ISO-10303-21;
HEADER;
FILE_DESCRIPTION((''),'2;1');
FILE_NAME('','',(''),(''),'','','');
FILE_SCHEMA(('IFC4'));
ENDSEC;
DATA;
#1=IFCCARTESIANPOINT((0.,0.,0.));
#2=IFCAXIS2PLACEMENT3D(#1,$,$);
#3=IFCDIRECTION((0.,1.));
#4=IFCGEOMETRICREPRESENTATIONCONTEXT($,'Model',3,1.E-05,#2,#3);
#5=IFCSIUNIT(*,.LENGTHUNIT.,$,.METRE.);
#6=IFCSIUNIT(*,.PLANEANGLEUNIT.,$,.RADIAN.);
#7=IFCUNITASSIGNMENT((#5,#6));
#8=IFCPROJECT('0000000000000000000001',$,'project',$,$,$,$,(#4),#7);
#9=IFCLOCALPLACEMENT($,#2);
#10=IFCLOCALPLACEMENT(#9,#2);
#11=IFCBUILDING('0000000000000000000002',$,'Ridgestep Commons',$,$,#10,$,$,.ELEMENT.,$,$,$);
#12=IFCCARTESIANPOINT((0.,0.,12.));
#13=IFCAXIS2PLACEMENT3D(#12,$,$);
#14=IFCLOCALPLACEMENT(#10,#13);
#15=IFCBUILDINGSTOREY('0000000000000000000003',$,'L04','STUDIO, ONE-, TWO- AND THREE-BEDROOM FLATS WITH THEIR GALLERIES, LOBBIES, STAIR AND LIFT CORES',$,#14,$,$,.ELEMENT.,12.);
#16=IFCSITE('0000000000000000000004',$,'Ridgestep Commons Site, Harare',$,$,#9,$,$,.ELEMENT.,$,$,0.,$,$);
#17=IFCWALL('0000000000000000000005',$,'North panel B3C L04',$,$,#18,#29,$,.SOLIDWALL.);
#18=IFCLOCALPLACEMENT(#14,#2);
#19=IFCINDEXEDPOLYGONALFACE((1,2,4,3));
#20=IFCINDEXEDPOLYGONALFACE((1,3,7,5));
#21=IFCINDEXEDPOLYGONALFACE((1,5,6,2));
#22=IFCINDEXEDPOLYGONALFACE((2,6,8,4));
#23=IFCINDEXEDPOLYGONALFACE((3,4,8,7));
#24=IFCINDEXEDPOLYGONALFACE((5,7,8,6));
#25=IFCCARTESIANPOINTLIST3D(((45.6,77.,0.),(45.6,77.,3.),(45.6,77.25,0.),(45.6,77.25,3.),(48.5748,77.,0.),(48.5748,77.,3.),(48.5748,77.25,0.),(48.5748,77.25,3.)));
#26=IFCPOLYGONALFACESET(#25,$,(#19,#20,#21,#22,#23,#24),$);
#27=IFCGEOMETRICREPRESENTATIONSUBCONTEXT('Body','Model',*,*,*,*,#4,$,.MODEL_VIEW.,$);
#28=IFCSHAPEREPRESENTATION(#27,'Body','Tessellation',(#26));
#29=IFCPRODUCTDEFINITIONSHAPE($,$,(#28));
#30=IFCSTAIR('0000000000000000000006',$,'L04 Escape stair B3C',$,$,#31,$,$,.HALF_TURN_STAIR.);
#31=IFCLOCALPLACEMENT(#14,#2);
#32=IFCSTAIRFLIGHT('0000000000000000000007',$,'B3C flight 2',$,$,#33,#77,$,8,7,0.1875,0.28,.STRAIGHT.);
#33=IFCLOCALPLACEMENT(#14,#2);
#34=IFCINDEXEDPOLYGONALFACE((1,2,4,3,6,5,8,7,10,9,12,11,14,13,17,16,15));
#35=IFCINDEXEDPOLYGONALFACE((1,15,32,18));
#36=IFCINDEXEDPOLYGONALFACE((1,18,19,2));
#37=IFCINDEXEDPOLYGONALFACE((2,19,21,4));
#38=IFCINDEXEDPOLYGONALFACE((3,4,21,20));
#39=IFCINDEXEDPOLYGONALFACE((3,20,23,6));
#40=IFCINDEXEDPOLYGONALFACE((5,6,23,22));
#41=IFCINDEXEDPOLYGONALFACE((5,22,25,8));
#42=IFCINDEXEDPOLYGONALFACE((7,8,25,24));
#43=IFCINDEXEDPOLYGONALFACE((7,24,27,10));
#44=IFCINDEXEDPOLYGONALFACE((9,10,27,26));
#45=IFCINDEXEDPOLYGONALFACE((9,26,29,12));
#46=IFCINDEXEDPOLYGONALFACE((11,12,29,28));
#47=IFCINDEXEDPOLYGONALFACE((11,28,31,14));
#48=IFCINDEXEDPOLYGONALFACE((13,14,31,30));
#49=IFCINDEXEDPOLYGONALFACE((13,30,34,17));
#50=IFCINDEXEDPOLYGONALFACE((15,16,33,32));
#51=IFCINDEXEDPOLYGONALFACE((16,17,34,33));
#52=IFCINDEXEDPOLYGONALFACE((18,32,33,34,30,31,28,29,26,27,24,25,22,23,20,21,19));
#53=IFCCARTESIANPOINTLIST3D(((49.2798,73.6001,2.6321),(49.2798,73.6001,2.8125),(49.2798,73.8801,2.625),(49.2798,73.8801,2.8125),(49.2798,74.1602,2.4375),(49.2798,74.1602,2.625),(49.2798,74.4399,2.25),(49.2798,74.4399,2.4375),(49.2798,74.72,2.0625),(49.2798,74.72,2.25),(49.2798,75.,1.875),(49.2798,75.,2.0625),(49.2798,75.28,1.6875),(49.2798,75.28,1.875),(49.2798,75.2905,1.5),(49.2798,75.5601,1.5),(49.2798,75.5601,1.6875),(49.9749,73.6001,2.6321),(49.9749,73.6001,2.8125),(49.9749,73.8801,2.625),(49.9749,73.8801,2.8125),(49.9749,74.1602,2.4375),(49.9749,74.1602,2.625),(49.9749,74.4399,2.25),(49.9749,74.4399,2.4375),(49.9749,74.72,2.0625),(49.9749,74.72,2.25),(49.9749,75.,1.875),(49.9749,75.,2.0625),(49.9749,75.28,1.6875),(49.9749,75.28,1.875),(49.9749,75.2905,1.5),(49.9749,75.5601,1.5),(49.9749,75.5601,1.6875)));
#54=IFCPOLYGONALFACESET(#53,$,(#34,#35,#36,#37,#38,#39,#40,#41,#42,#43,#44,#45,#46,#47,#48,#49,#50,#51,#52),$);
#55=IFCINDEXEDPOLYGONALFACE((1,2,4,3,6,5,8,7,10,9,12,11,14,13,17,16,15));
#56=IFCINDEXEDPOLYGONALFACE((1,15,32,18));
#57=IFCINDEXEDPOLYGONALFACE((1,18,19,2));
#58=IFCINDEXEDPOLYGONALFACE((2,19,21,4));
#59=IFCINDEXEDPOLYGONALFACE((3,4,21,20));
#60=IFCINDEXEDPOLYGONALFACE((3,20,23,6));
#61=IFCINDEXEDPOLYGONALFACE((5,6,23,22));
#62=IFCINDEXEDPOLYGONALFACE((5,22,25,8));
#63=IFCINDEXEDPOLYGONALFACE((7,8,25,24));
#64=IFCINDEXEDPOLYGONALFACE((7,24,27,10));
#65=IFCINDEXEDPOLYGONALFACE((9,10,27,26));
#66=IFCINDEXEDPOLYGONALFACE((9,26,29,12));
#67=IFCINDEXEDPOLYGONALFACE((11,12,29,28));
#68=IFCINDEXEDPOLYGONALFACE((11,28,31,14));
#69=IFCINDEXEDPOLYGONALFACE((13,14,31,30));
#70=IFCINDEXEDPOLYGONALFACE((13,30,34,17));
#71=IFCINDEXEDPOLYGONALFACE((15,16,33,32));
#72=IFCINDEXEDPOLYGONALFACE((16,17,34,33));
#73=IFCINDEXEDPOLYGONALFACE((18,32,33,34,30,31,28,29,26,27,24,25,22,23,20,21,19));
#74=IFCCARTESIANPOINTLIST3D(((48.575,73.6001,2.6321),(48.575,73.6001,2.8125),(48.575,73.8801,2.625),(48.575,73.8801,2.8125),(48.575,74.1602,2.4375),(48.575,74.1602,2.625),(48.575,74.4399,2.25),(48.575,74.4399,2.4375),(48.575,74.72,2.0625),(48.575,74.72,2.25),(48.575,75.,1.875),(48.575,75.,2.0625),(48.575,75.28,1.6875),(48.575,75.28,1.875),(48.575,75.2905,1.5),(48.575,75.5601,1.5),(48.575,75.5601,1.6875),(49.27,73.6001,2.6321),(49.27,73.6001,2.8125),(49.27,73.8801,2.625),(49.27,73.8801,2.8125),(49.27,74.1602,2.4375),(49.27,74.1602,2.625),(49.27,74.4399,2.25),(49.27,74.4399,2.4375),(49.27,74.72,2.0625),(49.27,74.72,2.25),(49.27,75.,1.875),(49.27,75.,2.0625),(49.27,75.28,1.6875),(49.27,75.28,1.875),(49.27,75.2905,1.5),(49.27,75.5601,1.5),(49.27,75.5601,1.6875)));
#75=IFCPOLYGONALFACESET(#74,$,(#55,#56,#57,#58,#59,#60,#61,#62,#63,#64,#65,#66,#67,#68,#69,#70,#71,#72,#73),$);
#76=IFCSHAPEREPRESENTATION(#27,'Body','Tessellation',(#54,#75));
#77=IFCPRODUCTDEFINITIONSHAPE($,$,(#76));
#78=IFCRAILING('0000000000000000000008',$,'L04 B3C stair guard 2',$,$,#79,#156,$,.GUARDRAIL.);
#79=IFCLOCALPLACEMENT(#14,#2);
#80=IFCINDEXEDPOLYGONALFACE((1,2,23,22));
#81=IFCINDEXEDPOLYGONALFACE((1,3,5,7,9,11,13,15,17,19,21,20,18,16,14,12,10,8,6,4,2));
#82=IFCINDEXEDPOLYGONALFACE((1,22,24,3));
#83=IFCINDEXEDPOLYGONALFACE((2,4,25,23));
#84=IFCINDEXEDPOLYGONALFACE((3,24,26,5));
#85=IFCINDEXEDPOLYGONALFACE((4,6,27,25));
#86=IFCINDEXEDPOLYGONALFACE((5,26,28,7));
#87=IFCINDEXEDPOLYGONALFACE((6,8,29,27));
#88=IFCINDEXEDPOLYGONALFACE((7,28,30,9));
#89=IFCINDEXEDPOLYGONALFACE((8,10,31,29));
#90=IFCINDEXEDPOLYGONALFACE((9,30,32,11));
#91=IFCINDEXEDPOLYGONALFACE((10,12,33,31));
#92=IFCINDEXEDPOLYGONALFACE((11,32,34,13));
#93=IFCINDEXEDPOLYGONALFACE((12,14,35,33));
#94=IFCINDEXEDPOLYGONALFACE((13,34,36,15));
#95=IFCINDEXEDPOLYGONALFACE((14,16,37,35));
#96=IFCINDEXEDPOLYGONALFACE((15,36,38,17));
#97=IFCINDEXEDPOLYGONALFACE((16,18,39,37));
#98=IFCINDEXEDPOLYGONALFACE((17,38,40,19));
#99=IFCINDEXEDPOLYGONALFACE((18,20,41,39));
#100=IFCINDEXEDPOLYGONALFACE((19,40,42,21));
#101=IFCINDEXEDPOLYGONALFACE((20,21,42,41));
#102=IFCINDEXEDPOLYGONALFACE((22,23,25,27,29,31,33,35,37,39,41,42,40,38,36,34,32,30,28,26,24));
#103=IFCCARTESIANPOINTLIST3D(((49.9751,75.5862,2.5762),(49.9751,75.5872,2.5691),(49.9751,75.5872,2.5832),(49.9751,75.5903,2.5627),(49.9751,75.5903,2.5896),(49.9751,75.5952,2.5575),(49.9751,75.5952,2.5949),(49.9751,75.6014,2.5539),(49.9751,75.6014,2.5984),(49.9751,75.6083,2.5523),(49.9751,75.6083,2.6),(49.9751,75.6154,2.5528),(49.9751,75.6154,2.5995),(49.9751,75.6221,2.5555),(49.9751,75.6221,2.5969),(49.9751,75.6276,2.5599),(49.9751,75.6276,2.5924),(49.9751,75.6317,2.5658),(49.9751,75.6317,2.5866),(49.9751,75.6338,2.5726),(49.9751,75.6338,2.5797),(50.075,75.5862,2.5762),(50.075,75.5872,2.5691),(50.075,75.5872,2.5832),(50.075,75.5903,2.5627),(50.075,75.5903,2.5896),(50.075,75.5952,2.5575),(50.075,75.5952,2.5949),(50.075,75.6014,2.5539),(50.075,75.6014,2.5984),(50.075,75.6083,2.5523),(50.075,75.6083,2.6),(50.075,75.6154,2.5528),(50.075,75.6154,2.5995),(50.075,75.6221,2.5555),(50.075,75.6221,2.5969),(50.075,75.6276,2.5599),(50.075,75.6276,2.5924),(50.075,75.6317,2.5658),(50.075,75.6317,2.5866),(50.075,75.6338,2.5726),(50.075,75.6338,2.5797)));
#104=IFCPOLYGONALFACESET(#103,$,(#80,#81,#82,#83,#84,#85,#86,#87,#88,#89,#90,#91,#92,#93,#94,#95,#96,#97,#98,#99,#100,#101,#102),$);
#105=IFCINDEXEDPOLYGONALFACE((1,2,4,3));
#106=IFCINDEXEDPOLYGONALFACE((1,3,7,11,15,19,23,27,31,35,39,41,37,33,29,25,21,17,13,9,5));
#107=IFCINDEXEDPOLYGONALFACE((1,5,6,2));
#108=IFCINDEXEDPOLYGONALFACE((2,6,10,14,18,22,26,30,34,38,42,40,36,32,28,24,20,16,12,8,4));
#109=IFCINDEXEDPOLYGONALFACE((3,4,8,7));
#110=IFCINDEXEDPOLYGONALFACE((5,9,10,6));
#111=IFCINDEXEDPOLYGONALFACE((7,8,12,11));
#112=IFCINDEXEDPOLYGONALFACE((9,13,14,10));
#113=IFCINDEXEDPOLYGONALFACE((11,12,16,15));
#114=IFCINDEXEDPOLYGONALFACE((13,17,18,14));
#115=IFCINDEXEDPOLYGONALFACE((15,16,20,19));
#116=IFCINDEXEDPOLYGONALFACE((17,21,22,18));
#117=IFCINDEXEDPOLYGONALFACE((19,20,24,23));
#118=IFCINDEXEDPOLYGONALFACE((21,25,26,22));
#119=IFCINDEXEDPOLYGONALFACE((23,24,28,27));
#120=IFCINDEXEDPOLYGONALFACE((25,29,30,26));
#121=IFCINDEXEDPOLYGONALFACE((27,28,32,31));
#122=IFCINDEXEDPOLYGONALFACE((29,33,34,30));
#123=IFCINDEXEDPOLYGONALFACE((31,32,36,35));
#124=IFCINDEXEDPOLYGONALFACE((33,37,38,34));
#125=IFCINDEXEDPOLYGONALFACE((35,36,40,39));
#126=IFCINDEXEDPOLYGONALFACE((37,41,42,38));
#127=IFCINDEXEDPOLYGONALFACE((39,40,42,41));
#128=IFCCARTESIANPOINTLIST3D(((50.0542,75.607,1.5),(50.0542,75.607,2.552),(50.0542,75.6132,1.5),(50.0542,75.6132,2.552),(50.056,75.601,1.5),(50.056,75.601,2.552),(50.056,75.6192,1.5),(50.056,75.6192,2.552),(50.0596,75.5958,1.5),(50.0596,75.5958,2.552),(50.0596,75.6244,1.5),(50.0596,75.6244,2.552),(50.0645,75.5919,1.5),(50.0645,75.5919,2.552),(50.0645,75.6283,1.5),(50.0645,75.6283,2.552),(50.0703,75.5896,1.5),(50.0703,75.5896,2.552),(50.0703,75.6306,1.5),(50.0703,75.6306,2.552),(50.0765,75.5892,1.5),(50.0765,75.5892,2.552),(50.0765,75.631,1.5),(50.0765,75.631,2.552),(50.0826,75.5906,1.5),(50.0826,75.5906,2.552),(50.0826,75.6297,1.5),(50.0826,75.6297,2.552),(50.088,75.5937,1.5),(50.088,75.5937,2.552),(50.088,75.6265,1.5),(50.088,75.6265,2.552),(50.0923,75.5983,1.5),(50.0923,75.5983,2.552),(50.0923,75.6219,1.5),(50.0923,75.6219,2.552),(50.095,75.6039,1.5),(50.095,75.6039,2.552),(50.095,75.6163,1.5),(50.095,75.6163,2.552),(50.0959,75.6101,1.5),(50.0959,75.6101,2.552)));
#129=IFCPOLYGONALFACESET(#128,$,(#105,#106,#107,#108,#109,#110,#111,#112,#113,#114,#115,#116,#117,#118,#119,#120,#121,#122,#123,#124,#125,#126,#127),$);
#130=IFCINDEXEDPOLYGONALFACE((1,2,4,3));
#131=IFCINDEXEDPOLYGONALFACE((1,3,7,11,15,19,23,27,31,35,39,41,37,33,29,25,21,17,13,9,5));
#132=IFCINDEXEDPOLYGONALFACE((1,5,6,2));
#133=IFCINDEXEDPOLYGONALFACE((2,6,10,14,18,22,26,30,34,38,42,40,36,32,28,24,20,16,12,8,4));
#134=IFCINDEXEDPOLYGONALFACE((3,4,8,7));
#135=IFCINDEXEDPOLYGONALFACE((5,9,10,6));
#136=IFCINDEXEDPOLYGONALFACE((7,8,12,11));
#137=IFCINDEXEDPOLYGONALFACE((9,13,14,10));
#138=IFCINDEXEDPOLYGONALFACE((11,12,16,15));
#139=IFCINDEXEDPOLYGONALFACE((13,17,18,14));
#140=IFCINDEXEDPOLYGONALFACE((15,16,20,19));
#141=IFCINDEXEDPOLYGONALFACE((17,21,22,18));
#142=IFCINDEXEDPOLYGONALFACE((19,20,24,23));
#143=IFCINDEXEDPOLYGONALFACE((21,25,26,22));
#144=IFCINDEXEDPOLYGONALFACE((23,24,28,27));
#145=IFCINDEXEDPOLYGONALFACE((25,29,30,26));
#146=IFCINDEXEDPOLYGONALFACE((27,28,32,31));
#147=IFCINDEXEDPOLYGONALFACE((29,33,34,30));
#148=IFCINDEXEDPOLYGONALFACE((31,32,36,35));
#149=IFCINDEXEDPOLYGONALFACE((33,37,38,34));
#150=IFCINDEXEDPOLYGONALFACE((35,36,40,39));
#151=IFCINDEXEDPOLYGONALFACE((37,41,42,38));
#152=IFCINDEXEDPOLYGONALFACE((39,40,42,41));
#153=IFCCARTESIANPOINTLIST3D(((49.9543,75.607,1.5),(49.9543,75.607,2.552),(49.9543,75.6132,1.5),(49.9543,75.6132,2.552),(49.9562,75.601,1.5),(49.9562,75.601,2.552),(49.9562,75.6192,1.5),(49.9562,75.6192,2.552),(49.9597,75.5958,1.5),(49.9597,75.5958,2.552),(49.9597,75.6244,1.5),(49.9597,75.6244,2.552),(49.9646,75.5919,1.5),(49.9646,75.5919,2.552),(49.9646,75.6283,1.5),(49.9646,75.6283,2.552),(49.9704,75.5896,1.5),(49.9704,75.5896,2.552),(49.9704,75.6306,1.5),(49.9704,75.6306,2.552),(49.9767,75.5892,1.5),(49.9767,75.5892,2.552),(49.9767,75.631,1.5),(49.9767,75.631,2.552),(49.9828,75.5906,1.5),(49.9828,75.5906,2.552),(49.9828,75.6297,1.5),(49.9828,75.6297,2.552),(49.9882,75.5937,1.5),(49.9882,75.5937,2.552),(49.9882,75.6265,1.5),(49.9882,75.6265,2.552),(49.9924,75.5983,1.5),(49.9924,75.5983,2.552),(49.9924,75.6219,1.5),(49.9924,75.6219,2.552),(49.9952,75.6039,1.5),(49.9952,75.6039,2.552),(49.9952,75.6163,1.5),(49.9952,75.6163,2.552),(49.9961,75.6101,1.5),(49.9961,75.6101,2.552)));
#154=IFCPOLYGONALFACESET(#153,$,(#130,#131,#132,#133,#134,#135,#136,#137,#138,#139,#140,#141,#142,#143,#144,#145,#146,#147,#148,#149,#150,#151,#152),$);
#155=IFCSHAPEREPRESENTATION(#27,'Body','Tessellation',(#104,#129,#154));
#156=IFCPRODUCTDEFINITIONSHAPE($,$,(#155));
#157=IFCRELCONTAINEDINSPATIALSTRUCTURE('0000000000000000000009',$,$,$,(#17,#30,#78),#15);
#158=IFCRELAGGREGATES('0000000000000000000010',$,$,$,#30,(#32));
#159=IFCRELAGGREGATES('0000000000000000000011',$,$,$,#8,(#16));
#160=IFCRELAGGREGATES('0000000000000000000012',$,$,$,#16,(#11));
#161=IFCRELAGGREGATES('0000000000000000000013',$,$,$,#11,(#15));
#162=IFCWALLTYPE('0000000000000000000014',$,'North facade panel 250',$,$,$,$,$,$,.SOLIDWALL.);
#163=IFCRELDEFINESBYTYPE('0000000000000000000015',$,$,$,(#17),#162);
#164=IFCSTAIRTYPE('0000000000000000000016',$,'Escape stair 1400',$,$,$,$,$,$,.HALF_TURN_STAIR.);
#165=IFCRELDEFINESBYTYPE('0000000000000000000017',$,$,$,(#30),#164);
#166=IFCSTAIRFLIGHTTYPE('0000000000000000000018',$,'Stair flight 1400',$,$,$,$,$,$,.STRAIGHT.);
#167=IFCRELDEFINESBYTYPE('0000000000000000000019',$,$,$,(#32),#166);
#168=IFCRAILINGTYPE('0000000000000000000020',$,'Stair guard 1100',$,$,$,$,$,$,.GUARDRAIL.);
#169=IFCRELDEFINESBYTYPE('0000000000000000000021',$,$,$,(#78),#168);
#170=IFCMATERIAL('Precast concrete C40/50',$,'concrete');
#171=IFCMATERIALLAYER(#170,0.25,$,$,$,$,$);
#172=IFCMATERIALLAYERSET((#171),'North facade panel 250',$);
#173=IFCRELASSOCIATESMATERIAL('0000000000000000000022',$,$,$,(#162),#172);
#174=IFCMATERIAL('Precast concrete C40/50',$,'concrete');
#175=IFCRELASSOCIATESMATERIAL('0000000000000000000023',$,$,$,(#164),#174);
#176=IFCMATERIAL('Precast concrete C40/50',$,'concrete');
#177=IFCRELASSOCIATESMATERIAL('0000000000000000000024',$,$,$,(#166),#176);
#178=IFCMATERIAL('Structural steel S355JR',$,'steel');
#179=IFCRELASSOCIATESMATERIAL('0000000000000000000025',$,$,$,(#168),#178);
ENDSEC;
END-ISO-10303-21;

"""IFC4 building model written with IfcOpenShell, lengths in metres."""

from ifc_helpers import new_model, si_unit, direction, frame, frame_2d, origin, origin_2d, place, context, subcontext, project, spatial, polyline, rectangle, circle, outline, extrude, material, layer, layer_set, type_object, element, aggregate, save


model = new_model("IFC4")

# Units and contexts
model_context = context("Model", 3, precision=1e-05, world=origin(), true_north=direction((0.0, 1.0)))
body_context = subcontext(model_context, "Body", "Model", "MODEL_VIEW")
ifc_project = project(units=[si_unit("LENGTHUNIT", "METRE"), si_unit("PLANEANGLEUNIT", "RADIAN")], contexts=[model_context])

# Site, building, storey
site_placement = place(None, origin())
site = spatial("IfcSite", under=ifc_project, at=site_placement, Name="Ridgestep Commons Site, Harare", CompositionType="ELEMENT", RefElevation=0.0)
building_placement = place(site_placement, origin())
building = spatial("IfcBuilding", under=site, at=building_placement, Name="Ridgestep Commons", CompositionType="ELEMENT")
storey_placement = place(building_placement, frame((0.0, 0.0, 12.0)))
storey = spatial("IfcBuildingStorey", under=building, at=storey_placement, Name="L04", Description="STUDIO, ONE-, TWO- AND THREE-BEDROOM FLATS WITH THEIR GALLERIES, LOBBIES, STAIR AND LIFT CORES", CompositionType="ELEMENT", Elevation=12.0)

# Shared definitions
ifc_material_1 = material(Name="Precast concrete C40/50", Category="concrete")
ifc_layer_1 = layer(ifc_material_1, 0.25)
ifc_layer_set_1 = layer_set([ifc_layer_1], Name="North facade panel 250")
wall_type = type_object("IfcWallType", Name="North facade panel 250", PredefinedType="SOLIDWALL", material=ifc_layer_set_1)

# Wall
wall_1_placement = place(storey_placement, frame((45.6001, 77.125, 0.0), z_axis=(0.0, 0.0, 1.0), x_axis=(1.0, 0.0, 0.0)))
element("IfcWall", 1, at=wall_1_placement, inside=storey, type_object=wall_type, Name="North panel B3C L04", PredefinedType="SOLIDWALL", context=body_context, shape_type="SweptSolid", body=[
    extrude(rectangle(XDim=2.9749, YDim=0.25, at=frame_2d((1.4873, 0.0))), origin(), (0.0, 0.0, 1.0), 3.0),
])

# Stair, stair flight
ifc_material_2 = material(Name="Precast concrete C40/50", Category="concrete")
stair_type = type_object("IfcStairType", Name="Escape stair 1400", PredefinedType="HALF_TURN_STAIR", material=ifc_material_2)
stair_placement = place(storey_placement, origin())
stair = element("IfcStair", 2, at=stair_placement, inside=storey, type_object=stair_type, Name="L04 Escape stair B3C", PredefinedType="HALF_TURN_STAIR")
ifc_material_3 = material(Name="Precast concrete C40/50", Category="concrete")
stair_flight_type = type_object("IfcStairFlightType", Name="Stair flight 1400", PredefinedType="STRAIGHT", material=ifc_material_3)
stair_flight_placement = place(storey_placement, frame((49.2749, 75.5601, 1.5), z_axis=(0.0, 0.0, 1.0), x_axis=(0.0, -1.0, 0.0)))
stair_flight = element("IfcStairFlight", 3, at=stair_flight_placement, type_object=stair_flight_type, Name="B3C flight 2", NumberOfRisers=8, NumberOfTreads=7, PredefinedType="STRAIGHT", RiserHeight=0.1875, TreadLength=0.28, context=body_context, shape_type="SweptSolid", body=[
    extrude(outline(polyline([(0.0, 0.0), (0.0, 0.1875), (0.28, 0.1875), (0.28, 0.375), (0.5601, 0.375), (0.5601, 0.5625), (0.8401, 0.5625), (0.8401, 0.75), (1.1201, 0.75), (1.1201, 0.9375), (1.3999, 0.9375), (1.3999, 1.125), (1.6799, 1.125), (1.6799, 1.3125), (1.96, 1.3125), (1.96, 1.5), (1.96, 1.1321), (0.2695, 0.0), (0.0, 0.0)])), frame((0.0, 0.7, 0.0), z_axis=(0.0, -1.0, 0.0), x_axis=(1.0, 0.0, 0.0)), (0.0, 0.0, 1.0), 0.6951),
    extrude(outline(polyline([(0.0, 0.0), (0.0, 0.1875), (0.28, 0.1875), (0.28, 0.375), (0.5601, 0.375), (0.5601, 0.5625), (0.8401, 0.5625), (0.8401, 0.75), (1.1201, 0.75), (1.1201, 0.9375), (1.3999, 0.9375), (1.3999, 1.125), (1.6799, 1.125), (1.6799, 1.3125), (1.96, 1.3125), (1.96, 1.5), (1.96, 1.1321), (0.2695, 0.0), (0.0, 0.0)])), frame((0.0, -0.0049, 0.0), z_axis=(0.0, -1.0, 0.0), x_axis=(1.0, 0.0, 0.0)), (0.0, 0.0, 1.0), 0.6951),
])
aggregate(stair, [stair_flight])

# Railing
ifc_material_4 = material(Name="Structural steel S355JR", Category="steel")
railing_type_1 = type_object("IfcRailingType", Name="Stair guard 1100", PredefinedType="GUARDRAIL", material=ifc_material_4)
railing_1_placement = place(storey_placement, frame((50.075, 75.6101, 1.5)))
element("IfcRailing", 4, at=railing_1_placement, inside=storey, type_object=railing_type_1, Name="L04 B3C stair guard 2", PredefinedType="GUARDRAIL", context=body_context, shape_type="SweptSolid", body=[
    extrude(circle(Radius=0.0239, at=origin_2d()), frame((0.0, 0.0, 1.0762), z_axis=(-1.0, 0.0, 0.0), x_axis=(0.0, -1.0, 0.0)), (0.0, 0.0, 1.0), 0.0999),
    extrude(circle(Radius=0.021, at=origin_2d()), origin(), (0.0, 0.0, 1.0), 1.052),
    extrude(circle(Radius=0.021, at=origin_2d()), frame((-0.0999, 0.0, 0.0)), (0.0, 0.0, 1.0), 1.052),
])

save(model, "model.ifc")
